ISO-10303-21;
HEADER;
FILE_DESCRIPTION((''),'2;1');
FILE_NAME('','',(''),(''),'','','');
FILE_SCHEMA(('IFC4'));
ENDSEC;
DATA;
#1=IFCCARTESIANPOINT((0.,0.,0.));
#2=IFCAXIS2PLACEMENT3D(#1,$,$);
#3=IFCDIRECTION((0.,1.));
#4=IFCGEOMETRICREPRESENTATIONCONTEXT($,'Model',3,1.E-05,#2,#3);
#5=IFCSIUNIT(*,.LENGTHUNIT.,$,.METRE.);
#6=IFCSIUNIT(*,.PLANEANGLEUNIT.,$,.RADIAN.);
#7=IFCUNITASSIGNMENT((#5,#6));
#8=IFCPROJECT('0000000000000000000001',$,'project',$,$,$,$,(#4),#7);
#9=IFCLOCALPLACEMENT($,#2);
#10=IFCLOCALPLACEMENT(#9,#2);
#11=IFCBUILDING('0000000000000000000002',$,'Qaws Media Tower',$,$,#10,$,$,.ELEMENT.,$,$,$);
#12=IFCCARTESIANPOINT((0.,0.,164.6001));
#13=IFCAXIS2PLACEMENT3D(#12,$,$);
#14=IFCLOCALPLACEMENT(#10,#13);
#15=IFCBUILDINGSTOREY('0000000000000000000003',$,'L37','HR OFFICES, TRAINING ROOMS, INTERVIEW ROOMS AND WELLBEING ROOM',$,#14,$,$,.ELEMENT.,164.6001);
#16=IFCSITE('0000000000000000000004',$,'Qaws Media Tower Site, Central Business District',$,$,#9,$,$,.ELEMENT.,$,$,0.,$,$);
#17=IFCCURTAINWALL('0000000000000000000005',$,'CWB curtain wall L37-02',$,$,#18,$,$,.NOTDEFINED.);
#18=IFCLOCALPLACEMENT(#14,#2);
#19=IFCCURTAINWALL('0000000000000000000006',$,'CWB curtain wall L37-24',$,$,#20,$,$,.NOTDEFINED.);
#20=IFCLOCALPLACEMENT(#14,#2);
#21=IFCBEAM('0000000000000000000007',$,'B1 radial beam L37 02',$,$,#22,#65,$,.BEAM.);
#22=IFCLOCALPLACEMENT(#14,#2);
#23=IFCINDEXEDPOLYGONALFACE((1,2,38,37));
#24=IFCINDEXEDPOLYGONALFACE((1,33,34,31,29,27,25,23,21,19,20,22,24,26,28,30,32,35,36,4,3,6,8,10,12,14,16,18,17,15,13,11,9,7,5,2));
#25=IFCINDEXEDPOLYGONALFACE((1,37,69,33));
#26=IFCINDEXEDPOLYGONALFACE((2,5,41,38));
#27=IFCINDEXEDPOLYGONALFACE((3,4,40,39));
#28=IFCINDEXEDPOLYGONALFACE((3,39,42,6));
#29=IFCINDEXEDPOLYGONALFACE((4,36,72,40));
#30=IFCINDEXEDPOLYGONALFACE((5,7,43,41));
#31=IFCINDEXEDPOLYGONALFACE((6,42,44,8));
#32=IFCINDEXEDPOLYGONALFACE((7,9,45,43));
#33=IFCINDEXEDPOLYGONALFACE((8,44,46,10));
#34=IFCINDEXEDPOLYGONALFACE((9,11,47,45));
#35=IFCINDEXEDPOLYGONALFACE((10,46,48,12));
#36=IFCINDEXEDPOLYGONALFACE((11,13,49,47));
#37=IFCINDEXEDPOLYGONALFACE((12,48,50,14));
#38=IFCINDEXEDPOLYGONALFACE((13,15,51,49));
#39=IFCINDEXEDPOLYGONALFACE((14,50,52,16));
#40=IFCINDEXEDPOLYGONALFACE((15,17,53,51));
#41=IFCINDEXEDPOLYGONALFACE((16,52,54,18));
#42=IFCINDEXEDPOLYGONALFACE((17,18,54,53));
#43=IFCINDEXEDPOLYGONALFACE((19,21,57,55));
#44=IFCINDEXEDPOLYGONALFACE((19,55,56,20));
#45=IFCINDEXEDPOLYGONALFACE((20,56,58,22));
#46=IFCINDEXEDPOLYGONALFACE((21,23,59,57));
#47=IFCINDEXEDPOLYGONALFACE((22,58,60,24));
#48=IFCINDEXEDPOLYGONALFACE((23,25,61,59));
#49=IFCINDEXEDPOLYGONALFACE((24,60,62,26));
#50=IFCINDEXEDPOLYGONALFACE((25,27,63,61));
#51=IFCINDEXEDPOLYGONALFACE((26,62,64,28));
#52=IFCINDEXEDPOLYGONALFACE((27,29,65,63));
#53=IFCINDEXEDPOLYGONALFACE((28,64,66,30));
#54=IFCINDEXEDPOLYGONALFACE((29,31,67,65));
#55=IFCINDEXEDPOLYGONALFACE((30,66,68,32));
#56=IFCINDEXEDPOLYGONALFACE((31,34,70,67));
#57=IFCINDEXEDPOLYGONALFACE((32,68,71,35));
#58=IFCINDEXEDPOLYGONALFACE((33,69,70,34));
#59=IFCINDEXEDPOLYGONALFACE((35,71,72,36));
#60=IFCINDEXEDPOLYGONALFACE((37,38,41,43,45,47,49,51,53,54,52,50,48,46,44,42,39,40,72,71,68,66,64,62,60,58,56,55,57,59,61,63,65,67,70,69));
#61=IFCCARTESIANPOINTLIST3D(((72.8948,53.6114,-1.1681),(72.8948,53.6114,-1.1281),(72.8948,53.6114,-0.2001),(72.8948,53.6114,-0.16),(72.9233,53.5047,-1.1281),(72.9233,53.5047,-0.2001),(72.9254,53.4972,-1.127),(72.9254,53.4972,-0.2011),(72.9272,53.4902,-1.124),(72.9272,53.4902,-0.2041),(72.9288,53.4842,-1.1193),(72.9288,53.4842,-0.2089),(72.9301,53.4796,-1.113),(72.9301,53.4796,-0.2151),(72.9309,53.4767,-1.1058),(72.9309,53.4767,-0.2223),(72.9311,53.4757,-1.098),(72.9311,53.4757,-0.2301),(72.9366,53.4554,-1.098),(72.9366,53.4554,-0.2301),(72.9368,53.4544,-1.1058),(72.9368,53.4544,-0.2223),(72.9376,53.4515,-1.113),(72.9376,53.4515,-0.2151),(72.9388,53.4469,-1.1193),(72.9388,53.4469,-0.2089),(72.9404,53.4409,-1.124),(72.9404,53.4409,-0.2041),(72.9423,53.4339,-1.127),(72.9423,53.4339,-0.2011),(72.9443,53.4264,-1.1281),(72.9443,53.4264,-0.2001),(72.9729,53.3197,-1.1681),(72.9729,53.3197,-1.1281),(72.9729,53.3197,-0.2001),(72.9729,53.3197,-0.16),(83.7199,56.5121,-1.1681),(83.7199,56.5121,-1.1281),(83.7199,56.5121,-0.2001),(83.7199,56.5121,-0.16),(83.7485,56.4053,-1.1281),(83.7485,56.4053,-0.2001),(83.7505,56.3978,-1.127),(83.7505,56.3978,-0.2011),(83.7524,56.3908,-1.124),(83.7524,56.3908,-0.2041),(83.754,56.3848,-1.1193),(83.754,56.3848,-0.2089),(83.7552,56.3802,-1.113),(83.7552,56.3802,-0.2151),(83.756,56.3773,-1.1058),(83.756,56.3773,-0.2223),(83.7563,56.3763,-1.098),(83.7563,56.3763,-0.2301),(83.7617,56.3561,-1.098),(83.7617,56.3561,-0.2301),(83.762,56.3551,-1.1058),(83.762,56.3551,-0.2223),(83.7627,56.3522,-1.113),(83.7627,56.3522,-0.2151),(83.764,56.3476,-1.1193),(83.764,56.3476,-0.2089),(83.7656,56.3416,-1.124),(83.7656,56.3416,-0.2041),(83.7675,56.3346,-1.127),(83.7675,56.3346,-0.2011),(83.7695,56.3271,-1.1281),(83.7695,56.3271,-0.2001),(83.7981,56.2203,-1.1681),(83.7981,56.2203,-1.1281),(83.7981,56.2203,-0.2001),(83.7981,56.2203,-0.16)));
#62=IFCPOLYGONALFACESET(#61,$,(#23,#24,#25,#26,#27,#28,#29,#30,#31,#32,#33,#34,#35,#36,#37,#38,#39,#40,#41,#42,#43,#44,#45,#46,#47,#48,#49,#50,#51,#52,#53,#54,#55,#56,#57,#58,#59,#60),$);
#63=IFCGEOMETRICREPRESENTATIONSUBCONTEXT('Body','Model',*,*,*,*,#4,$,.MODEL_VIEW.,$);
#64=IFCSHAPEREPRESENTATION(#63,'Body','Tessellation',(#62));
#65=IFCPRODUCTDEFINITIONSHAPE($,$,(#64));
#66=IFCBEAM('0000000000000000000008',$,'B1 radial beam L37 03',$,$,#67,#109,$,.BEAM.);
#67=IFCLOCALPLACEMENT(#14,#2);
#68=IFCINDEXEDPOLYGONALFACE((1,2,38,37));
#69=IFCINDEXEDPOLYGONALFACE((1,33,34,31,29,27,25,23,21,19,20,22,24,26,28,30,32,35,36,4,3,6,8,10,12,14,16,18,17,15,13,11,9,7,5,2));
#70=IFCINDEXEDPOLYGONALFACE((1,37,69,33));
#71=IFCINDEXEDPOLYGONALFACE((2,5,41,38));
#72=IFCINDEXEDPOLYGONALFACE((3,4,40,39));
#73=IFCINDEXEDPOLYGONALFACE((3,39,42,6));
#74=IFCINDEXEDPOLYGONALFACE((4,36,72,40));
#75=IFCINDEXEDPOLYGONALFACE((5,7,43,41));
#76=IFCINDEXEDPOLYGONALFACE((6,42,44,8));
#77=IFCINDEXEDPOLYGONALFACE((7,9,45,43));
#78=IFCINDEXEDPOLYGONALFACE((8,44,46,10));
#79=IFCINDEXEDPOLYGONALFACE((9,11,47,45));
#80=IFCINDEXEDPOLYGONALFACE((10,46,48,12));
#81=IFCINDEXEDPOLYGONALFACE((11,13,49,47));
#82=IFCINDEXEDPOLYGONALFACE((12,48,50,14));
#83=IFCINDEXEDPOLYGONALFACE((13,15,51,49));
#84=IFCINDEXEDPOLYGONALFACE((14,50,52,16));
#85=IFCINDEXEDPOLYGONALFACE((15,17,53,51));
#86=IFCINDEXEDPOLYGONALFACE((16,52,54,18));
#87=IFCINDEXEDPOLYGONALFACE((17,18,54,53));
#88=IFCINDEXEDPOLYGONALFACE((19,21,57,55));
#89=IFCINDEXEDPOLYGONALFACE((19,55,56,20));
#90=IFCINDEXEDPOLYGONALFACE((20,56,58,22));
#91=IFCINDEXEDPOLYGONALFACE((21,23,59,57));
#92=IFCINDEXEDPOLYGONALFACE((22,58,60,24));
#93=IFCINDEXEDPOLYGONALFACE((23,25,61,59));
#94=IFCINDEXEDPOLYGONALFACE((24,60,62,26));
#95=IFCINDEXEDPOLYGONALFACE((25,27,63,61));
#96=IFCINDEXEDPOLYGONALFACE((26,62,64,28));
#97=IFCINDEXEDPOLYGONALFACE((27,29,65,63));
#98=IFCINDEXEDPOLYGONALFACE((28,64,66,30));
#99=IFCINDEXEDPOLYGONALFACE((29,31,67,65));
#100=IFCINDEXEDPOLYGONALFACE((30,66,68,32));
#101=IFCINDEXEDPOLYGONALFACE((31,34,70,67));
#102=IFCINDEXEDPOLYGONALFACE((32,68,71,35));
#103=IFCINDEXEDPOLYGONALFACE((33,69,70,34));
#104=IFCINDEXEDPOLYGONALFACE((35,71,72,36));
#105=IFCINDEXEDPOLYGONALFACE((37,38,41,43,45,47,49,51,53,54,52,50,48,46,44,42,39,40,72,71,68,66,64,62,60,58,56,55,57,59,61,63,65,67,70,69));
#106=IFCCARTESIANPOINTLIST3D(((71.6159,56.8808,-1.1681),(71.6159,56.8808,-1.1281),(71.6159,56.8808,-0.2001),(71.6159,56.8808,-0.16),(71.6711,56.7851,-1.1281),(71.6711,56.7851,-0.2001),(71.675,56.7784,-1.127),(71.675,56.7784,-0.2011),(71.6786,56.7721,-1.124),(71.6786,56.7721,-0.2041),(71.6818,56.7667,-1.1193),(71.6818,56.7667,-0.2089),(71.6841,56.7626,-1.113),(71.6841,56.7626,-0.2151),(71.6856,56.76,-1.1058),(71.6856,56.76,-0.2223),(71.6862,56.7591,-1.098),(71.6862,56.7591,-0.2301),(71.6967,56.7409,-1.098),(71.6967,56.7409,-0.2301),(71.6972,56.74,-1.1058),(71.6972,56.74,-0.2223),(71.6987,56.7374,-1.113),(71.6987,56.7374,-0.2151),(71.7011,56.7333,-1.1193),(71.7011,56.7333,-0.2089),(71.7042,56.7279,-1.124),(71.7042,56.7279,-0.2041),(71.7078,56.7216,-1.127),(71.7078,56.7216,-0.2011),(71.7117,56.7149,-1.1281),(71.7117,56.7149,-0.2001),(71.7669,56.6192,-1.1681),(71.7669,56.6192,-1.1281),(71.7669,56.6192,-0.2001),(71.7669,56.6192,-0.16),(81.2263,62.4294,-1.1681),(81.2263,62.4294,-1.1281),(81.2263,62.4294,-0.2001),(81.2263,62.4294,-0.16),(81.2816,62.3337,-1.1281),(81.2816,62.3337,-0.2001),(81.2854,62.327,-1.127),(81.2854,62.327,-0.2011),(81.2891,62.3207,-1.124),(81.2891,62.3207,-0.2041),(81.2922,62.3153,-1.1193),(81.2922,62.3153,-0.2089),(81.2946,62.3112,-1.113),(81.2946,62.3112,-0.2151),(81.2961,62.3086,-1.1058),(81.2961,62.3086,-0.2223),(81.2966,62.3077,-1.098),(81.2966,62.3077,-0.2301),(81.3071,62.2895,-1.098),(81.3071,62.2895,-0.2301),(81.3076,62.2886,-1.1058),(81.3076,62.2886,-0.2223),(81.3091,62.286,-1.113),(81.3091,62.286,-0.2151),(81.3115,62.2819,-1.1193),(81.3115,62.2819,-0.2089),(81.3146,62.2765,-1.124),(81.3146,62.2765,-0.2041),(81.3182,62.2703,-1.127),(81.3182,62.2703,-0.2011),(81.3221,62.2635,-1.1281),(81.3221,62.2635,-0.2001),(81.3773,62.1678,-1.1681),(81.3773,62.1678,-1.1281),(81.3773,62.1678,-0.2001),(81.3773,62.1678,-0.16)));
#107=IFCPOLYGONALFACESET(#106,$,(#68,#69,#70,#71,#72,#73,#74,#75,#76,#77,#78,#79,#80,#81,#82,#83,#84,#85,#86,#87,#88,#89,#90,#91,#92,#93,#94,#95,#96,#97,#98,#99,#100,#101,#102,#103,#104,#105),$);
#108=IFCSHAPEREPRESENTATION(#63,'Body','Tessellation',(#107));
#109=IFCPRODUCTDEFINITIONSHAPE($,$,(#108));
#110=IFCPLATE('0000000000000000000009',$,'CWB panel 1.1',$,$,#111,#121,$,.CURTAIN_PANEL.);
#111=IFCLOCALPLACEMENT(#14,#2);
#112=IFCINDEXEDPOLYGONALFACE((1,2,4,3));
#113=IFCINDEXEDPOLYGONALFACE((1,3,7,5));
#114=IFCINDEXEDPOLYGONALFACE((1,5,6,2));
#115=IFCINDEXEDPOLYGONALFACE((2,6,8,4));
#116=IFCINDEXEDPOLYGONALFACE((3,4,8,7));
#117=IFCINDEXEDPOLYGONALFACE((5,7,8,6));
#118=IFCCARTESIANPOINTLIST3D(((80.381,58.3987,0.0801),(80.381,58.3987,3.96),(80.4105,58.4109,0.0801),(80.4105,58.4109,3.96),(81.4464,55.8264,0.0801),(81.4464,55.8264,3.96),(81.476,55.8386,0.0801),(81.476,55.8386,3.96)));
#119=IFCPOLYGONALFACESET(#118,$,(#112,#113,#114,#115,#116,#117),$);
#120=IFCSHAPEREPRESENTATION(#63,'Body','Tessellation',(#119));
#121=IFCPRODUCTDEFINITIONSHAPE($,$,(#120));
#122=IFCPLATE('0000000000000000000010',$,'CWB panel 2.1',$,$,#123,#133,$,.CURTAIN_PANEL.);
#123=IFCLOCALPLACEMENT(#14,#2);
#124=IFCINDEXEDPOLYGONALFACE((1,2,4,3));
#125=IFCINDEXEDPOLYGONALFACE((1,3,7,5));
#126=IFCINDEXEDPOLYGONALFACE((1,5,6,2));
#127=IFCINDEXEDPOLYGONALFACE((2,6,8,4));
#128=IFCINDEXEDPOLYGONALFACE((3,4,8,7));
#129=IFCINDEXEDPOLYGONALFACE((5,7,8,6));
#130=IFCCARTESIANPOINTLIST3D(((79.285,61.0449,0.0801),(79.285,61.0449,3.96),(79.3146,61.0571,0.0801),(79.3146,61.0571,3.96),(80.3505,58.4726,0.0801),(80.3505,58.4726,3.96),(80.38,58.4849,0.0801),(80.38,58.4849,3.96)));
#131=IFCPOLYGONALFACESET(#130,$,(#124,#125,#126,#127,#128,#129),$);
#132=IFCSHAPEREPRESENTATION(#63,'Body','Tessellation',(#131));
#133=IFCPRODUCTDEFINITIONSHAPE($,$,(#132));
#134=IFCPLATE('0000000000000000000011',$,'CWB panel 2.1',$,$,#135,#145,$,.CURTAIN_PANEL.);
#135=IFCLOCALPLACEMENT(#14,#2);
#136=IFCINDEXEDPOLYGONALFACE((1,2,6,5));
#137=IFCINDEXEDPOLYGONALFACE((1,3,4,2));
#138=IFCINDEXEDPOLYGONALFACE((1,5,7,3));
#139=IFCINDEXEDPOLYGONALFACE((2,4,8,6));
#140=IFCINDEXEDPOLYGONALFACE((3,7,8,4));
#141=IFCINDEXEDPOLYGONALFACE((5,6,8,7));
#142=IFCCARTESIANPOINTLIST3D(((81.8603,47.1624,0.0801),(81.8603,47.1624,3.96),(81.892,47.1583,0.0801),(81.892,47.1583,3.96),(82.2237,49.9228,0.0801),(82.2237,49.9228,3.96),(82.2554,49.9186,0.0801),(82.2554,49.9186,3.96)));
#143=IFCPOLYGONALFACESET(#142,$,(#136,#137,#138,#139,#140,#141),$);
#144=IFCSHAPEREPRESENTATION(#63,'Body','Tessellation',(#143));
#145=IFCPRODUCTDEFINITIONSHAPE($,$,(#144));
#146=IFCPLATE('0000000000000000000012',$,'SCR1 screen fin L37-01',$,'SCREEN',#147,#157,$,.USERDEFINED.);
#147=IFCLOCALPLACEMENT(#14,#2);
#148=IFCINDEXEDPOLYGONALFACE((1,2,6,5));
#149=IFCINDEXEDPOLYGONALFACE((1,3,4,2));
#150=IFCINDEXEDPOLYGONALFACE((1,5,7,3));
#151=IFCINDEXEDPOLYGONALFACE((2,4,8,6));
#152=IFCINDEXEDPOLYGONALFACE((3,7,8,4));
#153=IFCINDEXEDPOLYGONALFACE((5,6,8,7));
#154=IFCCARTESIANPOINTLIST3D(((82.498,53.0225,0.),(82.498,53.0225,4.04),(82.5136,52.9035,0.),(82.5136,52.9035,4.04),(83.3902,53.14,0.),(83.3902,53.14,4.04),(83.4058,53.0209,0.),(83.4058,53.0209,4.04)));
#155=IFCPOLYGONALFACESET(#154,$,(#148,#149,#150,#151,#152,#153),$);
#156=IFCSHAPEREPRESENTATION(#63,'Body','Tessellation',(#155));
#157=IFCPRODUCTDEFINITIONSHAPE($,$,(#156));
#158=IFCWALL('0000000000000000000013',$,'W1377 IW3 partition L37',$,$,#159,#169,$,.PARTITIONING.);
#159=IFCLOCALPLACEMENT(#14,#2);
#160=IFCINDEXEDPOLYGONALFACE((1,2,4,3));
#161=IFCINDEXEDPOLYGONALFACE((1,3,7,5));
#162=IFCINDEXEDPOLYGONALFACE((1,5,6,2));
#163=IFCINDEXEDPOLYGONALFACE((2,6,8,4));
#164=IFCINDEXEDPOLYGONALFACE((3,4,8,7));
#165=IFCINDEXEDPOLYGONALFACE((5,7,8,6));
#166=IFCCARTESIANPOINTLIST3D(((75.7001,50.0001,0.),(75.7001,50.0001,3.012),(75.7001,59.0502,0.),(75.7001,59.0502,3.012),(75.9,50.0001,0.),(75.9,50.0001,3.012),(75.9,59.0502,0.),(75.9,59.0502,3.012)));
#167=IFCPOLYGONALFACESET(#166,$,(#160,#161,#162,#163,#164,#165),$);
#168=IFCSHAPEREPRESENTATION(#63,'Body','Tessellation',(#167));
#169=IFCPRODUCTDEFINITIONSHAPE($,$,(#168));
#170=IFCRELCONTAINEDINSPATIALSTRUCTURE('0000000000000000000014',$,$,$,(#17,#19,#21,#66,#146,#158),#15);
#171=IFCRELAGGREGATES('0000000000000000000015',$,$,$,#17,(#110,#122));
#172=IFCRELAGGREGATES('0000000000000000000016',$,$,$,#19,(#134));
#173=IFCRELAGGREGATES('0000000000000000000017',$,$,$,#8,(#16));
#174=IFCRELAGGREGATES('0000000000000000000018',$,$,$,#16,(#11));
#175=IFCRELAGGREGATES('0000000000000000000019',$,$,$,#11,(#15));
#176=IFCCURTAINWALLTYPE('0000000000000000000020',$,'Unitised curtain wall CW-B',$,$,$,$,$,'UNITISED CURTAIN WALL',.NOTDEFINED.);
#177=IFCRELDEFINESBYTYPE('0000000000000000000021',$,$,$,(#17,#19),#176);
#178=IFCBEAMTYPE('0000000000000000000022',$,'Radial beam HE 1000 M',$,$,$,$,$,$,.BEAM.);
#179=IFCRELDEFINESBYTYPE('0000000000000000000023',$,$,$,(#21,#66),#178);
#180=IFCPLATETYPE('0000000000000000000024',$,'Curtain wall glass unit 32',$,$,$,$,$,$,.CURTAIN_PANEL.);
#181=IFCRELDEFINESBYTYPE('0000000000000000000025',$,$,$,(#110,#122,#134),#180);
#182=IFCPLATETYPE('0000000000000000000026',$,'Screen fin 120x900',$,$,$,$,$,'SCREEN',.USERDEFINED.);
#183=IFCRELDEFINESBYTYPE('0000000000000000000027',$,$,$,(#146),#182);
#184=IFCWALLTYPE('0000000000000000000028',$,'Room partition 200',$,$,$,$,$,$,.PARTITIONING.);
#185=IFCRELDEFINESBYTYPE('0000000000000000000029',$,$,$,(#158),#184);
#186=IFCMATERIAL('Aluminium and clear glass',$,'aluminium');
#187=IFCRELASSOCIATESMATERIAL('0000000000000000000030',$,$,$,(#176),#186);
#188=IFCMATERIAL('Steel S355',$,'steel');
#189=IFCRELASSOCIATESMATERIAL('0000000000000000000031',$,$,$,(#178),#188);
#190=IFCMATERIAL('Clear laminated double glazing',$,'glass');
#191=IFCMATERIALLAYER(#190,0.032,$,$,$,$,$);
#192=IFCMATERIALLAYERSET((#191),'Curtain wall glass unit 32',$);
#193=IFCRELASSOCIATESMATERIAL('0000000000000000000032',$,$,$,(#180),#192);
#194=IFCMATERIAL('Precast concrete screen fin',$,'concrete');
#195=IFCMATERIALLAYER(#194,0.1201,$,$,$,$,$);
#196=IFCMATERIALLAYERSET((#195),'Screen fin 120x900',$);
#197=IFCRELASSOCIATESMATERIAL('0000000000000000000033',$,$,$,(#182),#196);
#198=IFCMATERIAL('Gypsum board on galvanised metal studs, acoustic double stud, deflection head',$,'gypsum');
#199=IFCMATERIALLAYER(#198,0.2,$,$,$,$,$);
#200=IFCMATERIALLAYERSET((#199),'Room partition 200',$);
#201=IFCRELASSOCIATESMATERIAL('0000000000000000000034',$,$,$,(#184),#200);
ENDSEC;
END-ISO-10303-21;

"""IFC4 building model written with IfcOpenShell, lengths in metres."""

from ifc_helpers import new_model, si_unit, direction, frame, frame_2d, origin, origin_2d, place, context, subcontext, project, spatial, rectangle, i_section, extrude, material, layer, layer_set, material_profile, profile_set, type_object, element, aggregate, save


model = new_model("IFC4")

# Units and contexts
model_context = context("Model", 3, precision=1e-05, world=origin(), true_north=direction((0.0, 1.0)))
body_context = subcontext(model_context, "Body", "Model", "MODEL_VIEW")
ifc_project = project(units=[si_unit("LENGTHUNIT", "METRE"), si_unit("PLANEANGLEUNIT", "RADIAN")], contexts=[model_context])

# Site, building, storey
site_placement = place(None, origin())
site = spatial("IfcSite", under=ifc_project, at=site_placement, Name="Qaws Media Tower Site, Central Business District", CompositionType="ELEMENT", RefElevation=0.0)
building_placement = place(site_placement, origin())
building = spatial("IfcBuilding", under=site, at=building_placement, Name="Qaws Media Tower", CompositionType="ELEMENT")
storey_placement = place(building_placement, frame((0.0, 0.0, 164.6001)))
storey = spatial("IfcBuildingStorey", under=building, at=storey_placement, Name="L37", Description="HR OFFICES, TRAINING ROOMS, INTERVIEW ROOMS AND WELLBEING ROOM", CompositionType="ELEMENT", Elevation=164.6001)

# Curtain wall
ifc_material_1 = material(Name="Aluminium and clear glass", Category="aluminium")
curtain_wall_type = type_object("IfcCurtainWallType", Name="Unitised curtain wall CW-B", ElementType="UNITISED CURTAIN WALL", PredefinedType="NOTDEFINED", material=ifc_material_1)
curtain_wall_1_placement = place(storey_placement, origin())
curtain_wall_1 = element("IfcCurtainWall", 1, at=curtain_wall_1_placement, inside=storey, type_object=curtain_wall_type, Name="CWB curtain wall L37-02", PredefinedType="NOTDEFINED")

# Curtain wall
curtain_wall_2_placement = place(storey_placement, origin())
curtain_wall_2 = element("IfcCurtainWall", 2, at=curtain_wall_2_placement, inside=storey, type_object=curtain_wall_type, Name="CWB curtain wall L37-24", PredefinedType="NOTDEFINED")

# Beams
ifc_material_2 = material(Name="Steel S355", Category="steel")
ifc_material_profile_1 = material_profile(ifc_material_2, i_section(OverallWidth=0.302, OverallDepth=1.0081, WebThickness=0.021, FlangeThickness=0.04, FilletRadius=0.03, at=origin_2d()), Name="HE 1000 M")
ifc_profile_set_1 = profile_set([ifc_material_profile_1], Name="Steel S355")
beam_type_1 = type_object("IfcBeamType", Name="Radial beam HE 1000 M", PredefinedType="BEAM", material=ifc_profile_set_1)
beam_1_placement = place(storey_placement, frame((72.9338, 53.4656, -0.6641), z_axis=(0.965925, 0.258822, 0.0), x_axis=(-0.258822, 0.965925, 0.0)))
element("IfcBeam", 3, at=beam_1_placement, inside=storey, type_object=beam_type_1, Name="B1 radial beam L37 02", PredefinedType="BEAM", context=body_context, shape_type="SweptSolid", body=[
    extrude(i_section(OverallWidth=0.302, OverallDepth=1.0081, WebThickness=0.021, FlangeThickness=0.04, FilletRadius=0.03, at=origin_2d()), origin(), (0.0, 0.0, 1.0), 11.207),
])
beam_2_placement = place(storey_placement, frame((71.6914, 56.75, -0.6641), z_axis=(0.866024, 0.500003, 0.0), x_axis=(-0.500003, 0.866024, 0.0)))
element("IfcBeam", 4, at=beam_2_placement, inside=storey, type_object=beam_type_1, Name="B1 radial beam L37 03", PredefinedType="BEAM", context=body_context, shape_type="SweptSolid", body=[
    extrude(i_section(OverallWidth=0.302, OverallDepth=1.0081, WebThickness=0.021, FlangeThickness=0.04, FilletRadius=0.03, at=origin_2d()), origin(), (0.0, 0.0, 1.0), 11.0972),
])

# Plates
ifc_material_3 = material(Name="Clear laminated double glazing", Category="glass")
ifc_layer_1 = layer(ifc_material_3, 0.032)
ifc_layer_set_1 = layer_set([ifc_layer_1], Name="Curtain wall glass unit 32")
plate_type_1 = type_object("IfcPlateType", Name="Curtain wall glass unit 32", PredefinedType="CURTAIN_PANEL", material=ifc_layer_set_1)
plate_1_placement = place(storey_placement, frame((80.9285, 57.1187, 0.0801), z_axis=(0.0, 0.0, 1.0), x_axis=(-0.382684, 0.923879, 0.0)))
plate_1 = element("IfcPlate", 5, at=plate_1_placement, type_object=plate_type_1, Name="CWB panel 1.1", PredefinedType="CURTAIN_PANEL", context=body_context, shape_type="SweptSolid", body=[
    extrude(rectangle(XDim=2.7842, YDim=0.032, at=origin_2d()), origin(), (0.0, 0.0, 1.0), 3.8799),
])
plate_2_placement = place(storey_placement, frame((79.8325, 59.7649, 0.0801), z_axis=(0.0, 0.0, 1.0), x_axis=(-0.382684, 0.923879, 0.0)))
plate_2 = element("IfcPlate", 6, at=plate_2_placement, type_object=plate_type_1, Name="CWB panel 2.1", PredefinedType="CURTAIN_PANEL", context=body_context, shape_type="SweptSolid", body=[
    extrude(rectangle(XDim=2.7842, YDim=0.032, at=origin_2d()), origin(), (0.0, 0.0, 1.0), 3.8799),
])
aggregate(curtain_wall_1, [plate_1, plate_2])
plate_3_placement = place(storey_placement, frame((82.0579, 48.5405, 0.0801), z_axis=(0.0, 0.0, 1.0), x_axis=(0.130526, 0.991445, 0.0)))
plate_3 = element("IfcPlate", 7, at=plate_3_placement, type_object=plate_type_1, Name="CWB panel 2.1", PredefinedType="CURTAIN_PANEL", context=body_context, shape_type="SweptSolid", body=[
    extrude(rectangle(XDim=2.7842, YDim=0.032, at=origin_2d()), origin(), (0.0, 0.0, 1.0), 3.8799),
])
aggregate(curtain_wall_2, [plate_3])
ifc_material_4 = material(Name="Precast concrete screen fin", Category="concrete")
ifc_layer_2 = layer(ifc_material_4, 0.1201)
ifc_layer_set_2 = layer_set([ifc_layer_2], Name="Screen fin 120x900")
plate_type_2 = type_object("IfcPlateType", Name="Screen fin 120x900", ElementType="SCREEN", PredefinedType="USERDEFINED", material=ifc_layer_set_2)
plate_4_placement = place(storey_placement, frame((82.9519, 53.0217, 0.0), z_axis=(0.0, 0.0, 1.0), x_axis=(0.991445, 0.130526, 0.0)))
element("IfcPlate", 8, at=plate_4_placement, inside=storey, type_object=plate_type_2, Name="SCR1 screen fin L37-01", ObjectType="SCREEN", PredefinedType="USERDEFINED", context=body_context, shape_type="SweptSolid", body=[
    extrude(rectangle(XDim=0.8999, YDim=0.1201, at=origin_2d()), origin(), (0.0, 0.0, 1.0), 4.04),
])

# Wall
ifc_material_5 = material(Name="Gypsum board on galvanised metal studs, acoustic double stud, deflection head", Category="gypsum")
ifc_layer_3 = layer(ifc_material_5, 0.2)
ifc_layer_set_3 = layer_set([ifc_layer_3], Name="Room partition 200")
wall_type_1 = type_object("IfcWallType", Name="Room partition 200", PredefinedType="PARTITIONING", material=ifc_layer_set_3)
wall_1_placement = place(storey_placement, frame((75.8, 59.05, 0.0), z_axis=(0.0, 0.0, 1.0), x_axis=(0.0, -1.0, 0.0)))
element("IfcWall", 9, at=wall_1_placement, inside=storey, type_object=wall_type_1, Name="W1377 IW3 partition L37", PredefinedType="PARTITIONING", context=body_context, shape_type="SweptSolid", body=[
    extrude(rectangle(XDim=9.05, YDim=0.2, at=frame_2d((4.5249, 0.0))), origin(), (0.0, 0.0, 1.0), 3.012),
])

save(model, "model.ifc")
